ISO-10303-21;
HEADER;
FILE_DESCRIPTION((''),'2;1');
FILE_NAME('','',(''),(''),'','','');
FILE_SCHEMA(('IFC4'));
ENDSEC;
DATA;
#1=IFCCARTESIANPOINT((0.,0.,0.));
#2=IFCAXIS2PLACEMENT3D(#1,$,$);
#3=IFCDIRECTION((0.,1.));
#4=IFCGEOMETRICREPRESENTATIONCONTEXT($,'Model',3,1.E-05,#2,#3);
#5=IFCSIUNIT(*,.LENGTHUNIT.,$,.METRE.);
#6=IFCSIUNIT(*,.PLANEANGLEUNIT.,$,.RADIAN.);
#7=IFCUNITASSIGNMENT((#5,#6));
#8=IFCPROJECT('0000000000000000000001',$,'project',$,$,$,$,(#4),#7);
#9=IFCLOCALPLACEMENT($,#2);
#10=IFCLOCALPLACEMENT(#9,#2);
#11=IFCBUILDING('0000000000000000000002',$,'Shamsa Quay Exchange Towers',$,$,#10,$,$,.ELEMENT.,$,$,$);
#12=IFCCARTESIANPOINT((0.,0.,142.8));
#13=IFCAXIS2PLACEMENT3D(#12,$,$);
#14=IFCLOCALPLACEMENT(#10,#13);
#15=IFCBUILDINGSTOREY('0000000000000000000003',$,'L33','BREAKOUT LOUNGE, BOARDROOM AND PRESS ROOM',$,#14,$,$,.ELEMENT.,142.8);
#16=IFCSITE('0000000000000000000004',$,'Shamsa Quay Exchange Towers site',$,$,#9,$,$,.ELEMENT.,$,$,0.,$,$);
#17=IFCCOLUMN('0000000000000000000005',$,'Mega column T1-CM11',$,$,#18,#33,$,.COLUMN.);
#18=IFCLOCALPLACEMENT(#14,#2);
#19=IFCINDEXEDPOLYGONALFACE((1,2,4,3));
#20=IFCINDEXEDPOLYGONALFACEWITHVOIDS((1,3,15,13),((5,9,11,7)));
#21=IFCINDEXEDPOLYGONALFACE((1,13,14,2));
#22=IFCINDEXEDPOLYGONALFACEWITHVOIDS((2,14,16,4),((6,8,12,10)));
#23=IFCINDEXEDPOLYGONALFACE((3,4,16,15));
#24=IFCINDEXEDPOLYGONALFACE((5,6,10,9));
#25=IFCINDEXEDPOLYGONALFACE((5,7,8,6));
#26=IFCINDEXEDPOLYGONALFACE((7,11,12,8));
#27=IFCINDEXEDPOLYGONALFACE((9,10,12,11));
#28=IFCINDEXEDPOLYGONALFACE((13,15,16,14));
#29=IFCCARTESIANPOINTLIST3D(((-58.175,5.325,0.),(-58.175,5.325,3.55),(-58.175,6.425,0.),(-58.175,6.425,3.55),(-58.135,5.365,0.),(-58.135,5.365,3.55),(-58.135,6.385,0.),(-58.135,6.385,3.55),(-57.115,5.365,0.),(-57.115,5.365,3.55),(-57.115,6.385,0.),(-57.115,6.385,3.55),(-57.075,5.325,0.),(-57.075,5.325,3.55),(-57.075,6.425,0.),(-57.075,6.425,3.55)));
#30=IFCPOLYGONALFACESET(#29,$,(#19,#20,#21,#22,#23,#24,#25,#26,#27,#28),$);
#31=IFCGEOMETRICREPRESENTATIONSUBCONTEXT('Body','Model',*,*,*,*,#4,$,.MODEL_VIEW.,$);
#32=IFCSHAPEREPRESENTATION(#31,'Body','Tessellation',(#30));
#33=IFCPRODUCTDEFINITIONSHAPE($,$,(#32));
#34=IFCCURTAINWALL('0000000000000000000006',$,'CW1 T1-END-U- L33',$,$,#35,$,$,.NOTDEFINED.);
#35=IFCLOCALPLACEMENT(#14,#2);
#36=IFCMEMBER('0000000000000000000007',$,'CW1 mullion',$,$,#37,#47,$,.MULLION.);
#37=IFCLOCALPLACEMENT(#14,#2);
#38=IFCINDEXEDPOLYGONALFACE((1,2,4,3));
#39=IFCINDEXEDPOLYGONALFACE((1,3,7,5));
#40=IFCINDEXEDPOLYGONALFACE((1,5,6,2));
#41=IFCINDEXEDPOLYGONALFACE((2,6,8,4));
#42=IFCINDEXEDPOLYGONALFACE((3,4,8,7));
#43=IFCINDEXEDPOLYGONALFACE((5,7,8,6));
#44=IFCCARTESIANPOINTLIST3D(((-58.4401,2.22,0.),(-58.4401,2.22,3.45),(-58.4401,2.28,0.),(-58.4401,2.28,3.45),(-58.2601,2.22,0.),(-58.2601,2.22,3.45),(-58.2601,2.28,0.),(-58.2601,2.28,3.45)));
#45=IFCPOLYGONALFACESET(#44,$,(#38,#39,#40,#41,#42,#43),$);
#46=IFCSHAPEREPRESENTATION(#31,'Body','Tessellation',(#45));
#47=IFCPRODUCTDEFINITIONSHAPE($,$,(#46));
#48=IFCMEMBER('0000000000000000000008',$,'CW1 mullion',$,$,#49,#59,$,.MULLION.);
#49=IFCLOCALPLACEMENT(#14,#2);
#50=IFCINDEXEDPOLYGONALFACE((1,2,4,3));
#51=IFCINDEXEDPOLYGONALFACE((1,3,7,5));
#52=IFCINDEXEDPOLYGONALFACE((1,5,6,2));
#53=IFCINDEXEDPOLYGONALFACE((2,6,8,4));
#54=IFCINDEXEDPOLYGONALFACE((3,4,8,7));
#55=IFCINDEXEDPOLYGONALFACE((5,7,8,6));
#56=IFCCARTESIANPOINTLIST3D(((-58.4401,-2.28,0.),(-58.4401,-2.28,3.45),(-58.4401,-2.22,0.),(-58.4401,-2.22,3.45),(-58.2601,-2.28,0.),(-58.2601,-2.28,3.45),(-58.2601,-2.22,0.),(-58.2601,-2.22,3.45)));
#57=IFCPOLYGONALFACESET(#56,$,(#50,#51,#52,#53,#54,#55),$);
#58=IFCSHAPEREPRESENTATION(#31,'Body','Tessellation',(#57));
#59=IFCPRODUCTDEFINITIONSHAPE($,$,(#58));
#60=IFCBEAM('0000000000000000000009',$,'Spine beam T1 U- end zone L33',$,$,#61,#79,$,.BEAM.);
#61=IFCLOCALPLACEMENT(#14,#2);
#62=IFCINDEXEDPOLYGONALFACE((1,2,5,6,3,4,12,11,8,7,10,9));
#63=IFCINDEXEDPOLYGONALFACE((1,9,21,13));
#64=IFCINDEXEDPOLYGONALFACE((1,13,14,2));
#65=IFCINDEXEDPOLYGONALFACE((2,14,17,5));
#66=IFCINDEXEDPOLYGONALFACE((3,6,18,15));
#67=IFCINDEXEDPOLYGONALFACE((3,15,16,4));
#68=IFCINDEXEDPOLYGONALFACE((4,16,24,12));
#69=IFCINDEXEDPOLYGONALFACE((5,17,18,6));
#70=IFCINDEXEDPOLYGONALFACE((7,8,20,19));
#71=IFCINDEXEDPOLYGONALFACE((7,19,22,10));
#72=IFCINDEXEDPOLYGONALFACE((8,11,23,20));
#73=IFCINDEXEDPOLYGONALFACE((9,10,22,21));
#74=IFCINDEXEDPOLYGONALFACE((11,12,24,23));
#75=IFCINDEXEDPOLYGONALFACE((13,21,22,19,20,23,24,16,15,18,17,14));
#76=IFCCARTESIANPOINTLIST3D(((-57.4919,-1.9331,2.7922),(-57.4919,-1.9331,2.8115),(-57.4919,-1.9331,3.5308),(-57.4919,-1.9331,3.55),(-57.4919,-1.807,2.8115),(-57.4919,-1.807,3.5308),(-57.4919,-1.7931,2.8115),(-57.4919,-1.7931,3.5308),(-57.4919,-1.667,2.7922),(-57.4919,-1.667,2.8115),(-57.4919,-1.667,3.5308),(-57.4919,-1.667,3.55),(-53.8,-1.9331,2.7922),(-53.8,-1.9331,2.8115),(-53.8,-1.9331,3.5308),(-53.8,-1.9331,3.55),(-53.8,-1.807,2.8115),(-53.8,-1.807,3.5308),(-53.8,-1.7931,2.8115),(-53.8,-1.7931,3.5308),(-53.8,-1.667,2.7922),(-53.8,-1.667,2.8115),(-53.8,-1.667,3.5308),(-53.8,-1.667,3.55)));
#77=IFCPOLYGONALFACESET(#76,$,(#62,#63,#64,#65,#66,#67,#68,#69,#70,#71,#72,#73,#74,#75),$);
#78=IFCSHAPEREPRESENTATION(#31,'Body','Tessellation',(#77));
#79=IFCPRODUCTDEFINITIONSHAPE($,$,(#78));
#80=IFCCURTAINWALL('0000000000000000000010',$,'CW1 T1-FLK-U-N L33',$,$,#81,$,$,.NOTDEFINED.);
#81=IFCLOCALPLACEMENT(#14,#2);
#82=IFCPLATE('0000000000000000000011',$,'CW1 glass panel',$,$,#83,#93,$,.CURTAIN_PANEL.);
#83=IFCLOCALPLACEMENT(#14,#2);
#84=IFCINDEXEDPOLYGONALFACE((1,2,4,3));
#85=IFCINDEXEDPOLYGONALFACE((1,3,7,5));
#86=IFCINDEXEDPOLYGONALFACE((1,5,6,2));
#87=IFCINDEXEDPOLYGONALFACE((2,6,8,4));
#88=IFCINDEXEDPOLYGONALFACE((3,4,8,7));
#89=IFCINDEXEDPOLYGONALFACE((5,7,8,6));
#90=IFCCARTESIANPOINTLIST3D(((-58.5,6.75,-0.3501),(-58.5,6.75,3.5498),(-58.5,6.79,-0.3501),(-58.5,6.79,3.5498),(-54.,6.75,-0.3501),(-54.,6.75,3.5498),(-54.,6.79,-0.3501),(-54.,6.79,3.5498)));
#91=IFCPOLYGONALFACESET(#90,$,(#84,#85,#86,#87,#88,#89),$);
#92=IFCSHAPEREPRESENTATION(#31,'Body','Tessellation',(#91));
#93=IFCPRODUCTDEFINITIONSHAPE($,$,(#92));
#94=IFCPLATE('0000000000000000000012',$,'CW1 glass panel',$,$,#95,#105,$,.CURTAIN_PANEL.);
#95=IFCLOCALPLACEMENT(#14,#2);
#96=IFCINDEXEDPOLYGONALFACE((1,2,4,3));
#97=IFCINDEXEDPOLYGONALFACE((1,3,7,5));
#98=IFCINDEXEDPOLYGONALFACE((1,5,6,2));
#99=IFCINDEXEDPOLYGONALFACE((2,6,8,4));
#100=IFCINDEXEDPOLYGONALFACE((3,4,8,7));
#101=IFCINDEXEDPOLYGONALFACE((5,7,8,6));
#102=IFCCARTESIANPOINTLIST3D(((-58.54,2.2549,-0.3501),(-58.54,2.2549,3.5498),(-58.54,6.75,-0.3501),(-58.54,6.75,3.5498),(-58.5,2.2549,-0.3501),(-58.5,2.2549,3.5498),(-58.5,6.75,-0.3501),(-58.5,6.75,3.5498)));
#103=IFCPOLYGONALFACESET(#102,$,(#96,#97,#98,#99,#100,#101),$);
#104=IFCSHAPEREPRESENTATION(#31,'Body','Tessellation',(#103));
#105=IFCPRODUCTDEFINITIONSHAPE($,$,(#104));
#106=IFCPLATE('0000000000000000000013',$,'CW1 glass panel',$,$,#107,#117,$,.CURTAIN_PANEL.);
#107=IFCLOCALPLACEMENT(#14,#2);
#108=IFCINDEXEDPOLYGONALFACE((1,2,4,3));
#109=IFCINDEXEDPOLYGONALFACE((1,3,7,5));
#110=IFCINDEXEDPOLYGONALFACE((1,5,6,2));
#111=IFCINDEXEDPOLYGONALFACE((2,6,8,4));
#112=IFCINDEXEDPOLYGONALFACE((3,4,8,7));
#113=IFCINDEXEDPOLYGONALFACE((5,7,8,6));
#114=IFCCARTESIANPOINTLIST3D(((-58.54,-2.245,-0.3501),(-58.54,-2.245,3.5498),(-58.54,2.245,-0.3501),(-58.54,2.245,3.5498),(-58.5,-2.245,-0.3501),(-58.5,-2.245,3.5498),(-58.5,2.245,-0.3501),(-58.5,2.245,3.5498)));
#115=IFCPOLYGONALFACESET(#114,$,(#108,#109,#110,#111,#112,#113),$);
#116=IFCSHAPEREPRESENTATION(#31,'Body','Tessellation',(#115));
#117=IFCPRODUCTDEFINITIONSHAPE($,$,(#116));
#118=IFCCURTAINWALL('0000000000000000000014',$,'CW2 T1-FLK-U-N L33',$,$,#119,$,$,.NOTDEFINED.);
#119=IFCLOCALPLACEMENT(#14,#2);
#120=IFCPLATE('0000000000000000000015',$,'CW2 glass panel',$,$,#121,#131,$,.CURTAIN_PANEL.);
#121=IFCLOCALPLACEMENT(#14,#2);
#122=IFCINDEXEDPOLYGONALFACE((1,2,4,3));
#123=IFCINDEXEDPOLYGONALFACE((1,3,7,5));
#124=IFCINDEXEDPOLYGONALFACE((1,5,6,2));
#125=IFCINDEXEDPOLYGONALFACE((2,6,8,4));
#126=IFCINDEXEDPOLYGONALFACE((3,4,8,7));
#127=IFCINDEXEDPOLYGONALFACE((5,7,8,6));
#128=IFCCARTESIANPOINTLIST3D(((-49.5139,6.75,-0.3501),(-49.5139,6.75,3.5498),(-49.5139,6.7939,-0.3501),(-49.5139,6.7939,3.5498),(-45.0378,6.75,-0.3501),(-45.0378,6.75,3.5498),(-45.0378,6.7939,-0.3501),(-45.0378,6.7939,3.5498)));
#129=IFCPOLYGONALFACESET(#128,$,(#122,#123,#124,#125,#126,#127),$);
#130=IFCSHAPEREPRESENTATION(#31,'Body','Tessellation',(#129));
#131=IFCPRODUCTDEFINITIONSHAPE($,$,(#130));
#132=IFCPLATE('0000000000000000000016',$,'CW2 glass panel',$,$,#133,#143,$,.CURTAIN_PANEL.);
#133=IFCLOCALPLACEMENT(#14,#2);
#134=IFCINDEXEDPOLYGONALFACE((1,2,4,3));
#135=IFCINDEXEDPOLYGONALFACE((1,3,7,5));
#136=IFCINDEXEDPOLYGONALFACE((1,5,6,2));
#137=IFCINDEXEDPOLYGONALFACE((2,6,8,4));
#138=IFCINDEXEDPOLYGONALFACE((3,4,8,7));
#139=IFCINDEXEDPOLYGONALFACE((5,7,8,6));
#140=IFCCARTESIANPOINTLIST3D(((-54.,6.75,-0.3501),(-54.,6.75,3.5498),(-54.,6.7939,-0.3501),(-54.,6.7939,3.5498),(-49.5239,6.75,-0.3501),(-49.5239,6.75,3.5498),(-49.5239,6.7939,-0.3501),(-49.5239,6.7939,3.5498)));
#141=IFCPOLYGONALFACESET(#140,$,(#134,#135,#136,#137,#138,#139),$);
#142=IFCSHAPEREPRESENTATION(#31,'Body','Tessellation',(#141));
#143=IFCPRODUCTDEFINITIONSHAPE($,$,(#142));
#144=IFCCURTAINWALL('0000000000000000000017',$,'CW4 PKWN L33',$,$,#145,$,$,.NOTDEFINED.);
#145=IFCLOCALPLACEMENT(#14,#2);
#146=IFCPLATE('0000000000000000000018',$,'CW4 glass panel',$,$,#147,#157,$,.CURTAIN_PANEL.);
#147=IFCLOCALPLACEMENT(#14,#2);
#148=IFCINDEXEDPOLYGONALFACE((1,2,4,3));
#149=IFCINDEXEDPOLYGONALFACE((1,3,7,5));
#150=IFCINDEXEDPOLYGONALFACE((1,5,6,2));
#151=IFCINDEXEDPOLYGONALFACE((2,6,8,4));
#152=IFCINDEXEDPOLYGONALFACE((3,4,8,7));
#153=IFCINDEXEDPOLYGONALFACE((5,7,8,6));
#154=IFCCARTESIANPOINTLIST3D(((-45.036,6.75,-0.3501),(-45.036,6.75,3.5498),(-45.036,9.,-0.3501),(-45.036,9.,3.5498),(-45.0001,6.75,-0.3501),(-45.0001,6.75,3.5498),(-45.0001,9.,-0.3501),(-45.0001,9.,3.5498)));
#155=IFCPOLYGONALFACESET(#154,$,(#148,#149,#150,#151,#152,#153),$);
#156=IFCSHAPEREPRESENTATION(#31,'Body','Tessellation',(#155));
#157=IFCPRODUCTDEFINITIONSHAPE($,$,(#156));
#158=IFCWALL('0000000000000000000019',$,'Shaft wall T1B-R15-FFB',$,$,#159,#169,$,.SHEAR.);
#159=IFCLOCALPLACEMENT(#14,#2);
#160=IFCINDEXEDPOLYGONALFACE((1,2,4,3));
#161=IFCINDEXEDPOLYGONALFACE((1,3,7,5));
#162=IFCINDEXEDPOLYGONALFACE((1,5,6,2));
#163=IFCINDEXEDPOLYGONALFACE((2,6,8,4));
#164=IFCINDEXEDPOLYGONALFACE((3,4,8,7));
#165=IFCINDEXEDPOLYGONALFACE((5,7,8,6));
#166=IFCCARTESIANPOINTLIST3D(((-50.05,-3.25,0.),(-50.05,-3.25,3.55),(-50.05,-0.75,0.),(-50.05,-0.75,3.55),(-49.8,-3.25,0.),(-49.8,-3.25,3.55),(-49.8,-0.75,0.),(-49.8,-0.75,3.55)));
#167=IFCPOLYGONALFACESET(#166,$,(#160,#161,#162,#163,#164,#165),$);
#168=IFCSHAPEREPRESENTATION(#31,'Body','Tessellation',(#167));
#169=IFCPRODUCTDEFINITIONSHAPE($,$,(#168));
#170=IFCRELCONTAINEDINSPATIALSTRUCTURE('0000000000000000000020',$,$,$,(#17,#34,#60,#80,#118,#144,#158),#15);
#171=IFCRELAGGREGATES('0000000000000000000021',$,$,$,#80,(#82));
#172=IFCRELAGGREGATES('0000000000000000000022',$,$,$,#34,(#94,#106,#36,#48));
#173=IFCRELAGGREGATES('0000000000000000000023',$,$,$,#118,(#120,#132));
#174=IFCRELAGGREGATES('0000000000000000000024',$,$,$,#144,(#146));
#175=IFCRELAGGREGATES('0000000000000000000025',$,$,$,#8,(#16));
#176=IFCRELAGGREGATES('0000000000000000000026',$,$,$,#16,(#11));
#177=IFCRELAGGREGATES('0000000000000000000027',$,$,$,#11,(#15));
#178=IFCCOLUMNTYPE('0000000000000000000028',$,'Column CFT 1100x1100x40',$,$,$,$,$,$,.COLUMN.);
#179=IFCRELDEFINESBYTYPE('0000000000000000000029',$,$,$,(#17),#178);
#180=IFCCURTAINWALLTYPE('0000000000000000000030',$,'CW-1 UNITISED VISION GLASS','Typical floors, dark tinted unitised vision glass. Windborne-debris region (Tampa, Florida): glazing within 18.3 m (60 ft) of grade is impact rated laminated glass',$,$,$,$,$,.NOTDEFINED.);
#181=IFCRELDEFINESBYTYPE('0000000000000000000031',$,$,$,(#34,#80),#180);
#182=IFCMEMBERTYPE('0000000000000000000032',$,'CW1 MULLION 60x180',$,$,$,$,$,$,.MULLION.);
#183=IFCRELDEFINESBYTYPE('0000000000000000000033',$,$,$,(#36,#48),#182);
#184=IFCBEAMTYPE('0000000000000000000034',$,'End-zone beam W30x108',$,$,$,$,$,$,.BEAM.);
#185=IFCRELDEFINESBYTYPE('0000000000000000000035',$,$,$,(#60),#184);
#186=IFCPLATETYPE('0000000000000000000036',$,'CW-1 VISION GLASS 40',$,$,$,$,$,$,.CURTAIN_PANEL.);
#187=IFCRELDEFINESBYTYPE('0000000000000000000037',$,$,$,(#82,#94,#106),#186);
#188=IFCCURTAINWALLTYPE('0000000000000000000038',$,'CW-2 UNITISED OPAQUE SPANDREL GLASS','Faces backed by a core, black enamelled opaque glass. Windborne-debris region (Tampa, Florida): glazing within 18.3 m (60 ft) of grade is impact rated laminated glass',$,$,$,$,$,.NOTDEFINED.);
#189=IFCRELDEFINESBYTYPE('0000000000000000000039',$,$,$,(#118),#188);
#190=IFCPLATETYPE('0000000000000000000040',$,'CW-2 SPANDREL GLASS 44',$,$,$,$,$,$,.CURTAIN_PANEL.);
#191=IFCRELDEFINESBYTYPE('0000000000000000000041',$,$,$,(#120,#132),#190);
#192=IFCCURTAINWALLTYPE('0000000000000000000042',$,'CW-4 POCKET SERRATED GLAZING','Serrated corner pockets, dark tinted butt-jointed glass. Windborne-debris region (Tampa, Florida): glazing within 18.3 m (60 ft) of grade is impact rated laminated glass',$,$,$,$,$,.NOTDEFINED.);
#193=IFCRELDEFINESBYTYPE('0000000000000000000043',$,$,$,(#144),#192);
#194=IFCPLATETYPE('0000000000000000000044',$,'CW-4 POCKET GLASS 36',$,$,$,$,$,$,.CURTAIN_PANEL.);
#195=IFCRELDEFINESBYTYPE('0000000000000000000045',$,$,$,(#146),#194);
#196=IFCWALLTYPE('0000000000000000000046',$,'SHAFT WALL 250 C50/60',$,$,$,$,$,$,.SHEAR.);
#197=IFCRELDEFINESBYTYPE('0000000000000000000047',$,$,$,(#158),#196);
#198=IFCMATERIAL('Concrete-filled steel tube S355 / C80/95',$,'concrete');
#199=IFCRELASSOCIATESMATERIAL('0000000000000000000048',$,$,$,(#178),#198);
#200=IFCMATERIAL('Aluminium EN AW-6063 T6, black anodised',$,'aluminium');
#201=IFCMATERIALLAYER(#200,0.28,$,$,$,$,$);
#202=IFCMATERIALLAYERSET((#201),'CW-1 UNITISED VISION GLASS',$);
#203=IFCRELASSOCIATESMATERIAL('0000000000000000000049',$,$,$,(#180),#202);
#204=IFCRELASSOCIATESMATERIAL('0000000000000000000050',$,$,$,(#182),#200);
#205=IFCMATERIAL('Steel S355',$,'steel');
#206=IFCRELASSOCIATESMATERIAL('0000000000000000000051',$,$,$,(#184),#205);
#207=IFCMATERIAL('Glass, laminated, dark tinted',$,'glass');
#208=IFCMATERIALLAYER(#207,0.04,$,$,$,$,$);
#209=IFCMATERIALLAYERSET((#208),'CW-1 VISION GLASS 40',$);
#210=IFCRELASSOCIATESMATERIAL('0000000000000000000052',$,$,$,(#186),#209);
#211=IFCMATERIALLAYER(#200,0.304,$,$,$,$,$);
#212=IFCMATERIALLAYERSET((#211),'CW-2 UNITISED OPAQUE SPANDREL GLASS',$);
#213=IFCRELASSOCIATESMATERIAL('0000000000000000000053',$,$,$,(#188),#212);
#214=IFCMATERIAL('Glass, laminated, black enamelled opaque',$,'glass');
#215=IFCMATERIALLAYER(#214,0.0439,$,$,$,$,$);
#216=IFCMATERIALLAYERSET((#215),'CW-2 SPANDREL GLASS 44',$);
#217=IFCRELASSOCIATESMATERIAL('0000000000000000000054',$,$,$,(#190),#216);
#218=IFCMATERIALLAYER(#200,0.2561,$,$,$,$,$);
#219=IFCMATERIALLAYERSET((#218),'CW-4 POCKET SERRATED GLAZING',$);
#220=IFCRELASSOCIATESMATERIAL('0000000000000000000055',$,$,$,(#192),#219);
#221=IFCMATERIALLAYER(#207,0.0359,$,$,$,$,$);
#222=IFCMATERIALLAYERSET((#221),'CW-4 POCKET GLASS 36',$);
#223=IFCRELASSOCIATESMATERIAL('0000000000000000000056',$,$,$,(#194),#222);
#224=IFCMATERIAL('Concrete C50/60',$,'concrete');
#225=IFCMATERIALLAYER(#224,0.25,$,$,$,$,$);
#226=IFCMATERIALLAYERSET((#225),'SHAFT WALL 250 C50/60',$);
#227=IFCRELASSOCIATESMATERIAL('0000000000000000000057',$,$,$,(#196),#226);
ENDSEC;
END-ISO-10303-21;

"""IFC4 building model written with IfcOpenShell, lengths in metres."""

from ifc_helpers import new_model, si_unit, direction, frame, frame_2d, origin, origin_2d, place, context, subcontext, project, spatial, rectangle, hollow_rectangle, i_section, extrude, material, layer, layer_set, material_profile, profile_set, type_object, element, aggregate, save


model = new_model("IFC4")

# Units and contexts
model_context = context("Model", 3, precision=1e-05, world=origin(), true_north=direction((0.0, 1.0)))
body_context = subcontext(model_context, "Body", "Model", "MODEL_VIEW")
ifc_project = project(units=[si_unit("LENGTHUNIT", "METRE"), si_unit("PLANEANGLEUNIT", "RADIAN")], contexts=[model_context])

# Site, building, storey
site_placement = place(None, origin())
site = spatial("IfcSite", under=ifc_project, at=site_placement, Name="Shamsa Quay Exchange Towers site", CompositionType="ELEMENT", RefElevation=0.0)
building_placement = place(site_placement, origin())
building = spatial("IfcBuilding", under=site, at=building_placement, Name="Shamsa Quay Exchange Towers", CompositionType="ELEMENT")
storey_placement = place(building_placement, frame((0.0, 0.0, 142.8)))
storey = spatial("IfcBuildingStorey", under=building, at=storey_placement, Name="L33", Description="BREAKOUT LOUNGE, BOARDROOM AND PRESS ROOM", CompositionType="ELEMENT", Elevation=142.8)

# Column
ifc_material_1 = material(Name="Concrete-filled steel tube S355 / C80/95", Category="concrete")
ifc_material_profile_1 = material_profile(ifc_material_1, hollow_rectangle(XDim=1.1001, YDim=1.1001, WallThickness=0.04, at=origin_2d()), Name="CFT 1100x1100x40")
ifc_profile_set_1 = profile_set([ifc_material_profile_1], Name="Concrete-filled steel tube S355 / C80/95")
column_type = type_object("IfcColumnType", Name="Column CFT 1100x1100x40", PredefinedType="COLUMN", material=ifc_profile_set_1)
column_placement = place(storey_placement, frame((-57.625, 5.875, 0.0)))
element("IfcColumn", 1, at=column_placement, inside=storey, type_object=column_type, Name="Mega column T1-CM11", PredefinedType="COLUMN", context=body_context, shape_type="SweptSolid", body=[
    extrude(hollow_rectangle(XDim=1.1001, YDim=1.1001, WallThickness=0.04, at=origin_2d()), origin(), (0.0, 0.0, 1.0), 3.55),
])

# Curtain wall, members
ifc_material_2 = material(Name="Aluminium EN AW-6063 T6, black anodised", Category="aluminium")
ifc_layer_1 = layer(ifc_material_2, 0.28)
ifc_layer_set_1 = layer_set([ifc_layer_1], Name="CW-1 UNITISED VISION GLASS")
curtain_wall_type_1 = type_object("IfcCurtainWallType", Name="CW-1 UNITISED VISION GLASS", Description="Typical floors, dark tinted unitised vision glass. Windborne-debris region (Tampa, Florida): glazing within 18.3 m (60 ft) of grade is impact rated laminated glass", PredefinedType="NOTDEFINED", material=ifc_layer_set_1)
curtain_wall_1_placement = place(storey_placement, origin())
curtain_wall_1 = element("IfcCurtainWall", 2, at=curtain_wall_1_placement, inside=storey, type_object=curtain_wall_type_1, Name="CW1 T1-END-U- L33", PredefinedType="NOTDEFINED")
ifc_material_profile_2 = material_profile(ifc_material_2, rectangle(XDim=0.1799, YDim=0.0601, at=origin_2d()), Name="MU60x180")
ifc_profile_set_2 = profile_set([ifc_material_profile_2], Name="Aluminium EN AW-6063 T6, black anodised")
member_type = type_object("IfcMemberType", Name="CW1 MULLION 60x180", PredefinedType="MULLION", material=ifc_profile_set_2)
member_1_placement = place(storey_placement, frame((-58.3501, 2.25, 0.0)))
member_1 = element("IfcMember", 3, at=member_1_placement, type_object=member_type, Name="CW1 mullion", PredefinedType="MULLION", context=body_context, shape_type="SweptSolid", body=[
    extrude(rectangle(XDim=0.1799, YDim=0.0601, at=origin_2d()), origin(), (0.0, 0.0, 1.0), 3.45),
])
member_2_placement = place(storey_placement, frame((-58.3501, -2.25, 0.0)))
member_2 = element("IfcMember", 4, at=member_2_placement, type_object=member_type, Name="CW1 mullion", PredefinedType="MULLION", context=body_context, shape_type="SweptSolid", body=[
    extrude(rectangle(XDim=0.1799, YDim=0.0601, at=origin_2d()), origin(), (0.0, 0.0, 1.0), 3.45),
])

# Beam
ifc_material_3 = material(Name="Steel S355", Category="steel")
ifc_material_profile_3 = material_profile(ifc_material_3, i_section(OverallWidth=0.2661, OverallDepth=0.7578, WebThickness=0.0139, FlangeThickness=0.0193, at=origin_2d()), Name="W30x108")
ifc_profile_set_3 = profile_set([ifc_material_profile_3], Name="Steel S355")
beam_type = type_object("IfcBeamType", Name="End-zone beam W30x108", PredefinedType="BEAM", material=ifc_profile_set_3)
beam_placement = place(storey_placement, frame((-53.8, -1.8, 3.1711), z_axis=(-1.0, 0.0, 0.0), x_axis=(0.0, -1.0, 0.0)))
element("IfcBeam", 5, at=beam_placement, inside=storey, type_object=beam_type, Name="Spine beam T1 U- end zone L33", PredefinedType="BEAM", context=body_context, shape_type="SweptSolid", body=[
    extrude(i_section(OverallWidth=0.2661, OverallDepth=0.7578, WebThickness=0.0139, FlangeThickness=0.0193, at=origin_2d()), origin(), (0.0, 0.0, 1.0), 3.6919),
])

# Curtain wall, plate
curtain_wall_2_placement = place(storey_placement, origin())
curtain_wall_2 = element("IfcCurtainWall", 6, at=curtain_wall_2_placement, inside=storey, type_object=curtain_wall_type_1, Name="CW1 T1-FLK-U-N L33", PredefinedType="NOTDEFINED")
ifc_material_4 = material(Name="Glass, laminated, dark tinted", Category="glass")
ifc_layer_2 = layer(ifc_material_4, 0.04)
ifc_layer_set_2 = layer_set([ifc_layer_2], Name="CW-1 VISION GLASS 40")
plate_type_1 = type_object("IfcPlateType", Name="CW-1 VISION GLASS 40", PredefinedType="CURTAIN_PANEL", material=ifc_layer_set_2)
plate_1_placement = place(storey_placement, frame((-56.25, 6.77, -0.3501), z_axis=(0.0, 0.0, 1.0), x_axis=(-1.0, 0.0, 0.0)))
plate_1 = element("IfcPlate", 7, at=plate_1_placement, type_object=plate_type_1, Name="CW1 glass panel", PredefinedType="CURTAIN_PANEL", context=body_context, shape_type="SweptSolid", body=[
    extrude(rectangle(XDim=4.5, YDim=0.04, at=origin_2d()), origin(), (0.0, 0.0, 1.0), 3.8999),
])
aggregate(curtain_wall_2, [plate_1])

# Plates
plate_2_placement = place(storey_placement, frame((-58.52, 4.5024, -0.3501), z_axis=(0.0, 0.0, 1.0), x_axis=(0.0, -1.0, 0.0)))
plate_2 = element("IfcPlate", 8, at=plate_2_placement, type_object=plate_type_1, Name="CW1 glass panel", PredefinedType="CURTAIN_PANEL", context=body_context, shape_type="SweptSolid", body=[
    extrude(rectangle(XDim=4.4951, YDim=0.04, at=origin_2d()), origin(), (0.0, 0.0, 1.0), 3.8999),
])
plate_3_placement = place(storey_placement, frame((-58.52, 0.0, -0.3501), z_axis=(0.0, 0.0, 1.0), x_axis=(0.0, -1.0, 0.0)))
plate_3 = element("IfcPlate", 9, at=plate_3_placement, type_object=plate_type_1, Name="CW1 glass panel", PredefinedType="CURTAIN_PANEL", context=body_context, shape_type="SweptSolid", body=[
    extrude(rectangle(XDim=4.49, YDim=0.04, at=origin_2d()), origin(), (0.0, 0.0, 1.0), 3.8999),
])
aggregate(curtain_wall_1, [plate_2, plate_3, member_1, member_2])

# Curtain wall, plates
ifc_layer_3 = layer(ifc_material_2, 0.304)
ifc_layer_set_3 = layer_set([ifc_layer_3], Name="CW-2 UNITISED OPAQUE SPANDREL GLASS")
curtain_wall_type_2 = type_object("IfcCurtainWallType", Name="CW-2 UNITISED OPAQUE SPANDREL GLASS", Description="Faces backed by a core, black enamelled opaque glass. Windborne-debris region (Tampa, Florida): glazing within 18.3 m (60 ft) of grade is impact rated laminated glass", PredefinedType="NOTDEFINED", material=ifc_layer_set_3)
curtain_wall_3_placement = place(storey_placement, origin())
curtain_wall_3 = element("IfcCurtainWall", 10, at=curtain_wall_3_placement, inside=storey, type_object=curtain_wall_type_2, Name="CW2 T1-FLK-U-N L33", PredefinedType="NOTDEFINED")
ifc_material_5 = material(Name="Glass, laminated, black enamelled opaque", Category="glass")
ifc_layer_4 = layer(ifc_material_5, 0.0439)
ifc_layer_set_4 = layer_set([ifc_layer_4], Name="CW-2 SPANDREL GLASS 44")
plate_type_2 = type_object("IfcPlateType", Name="CW-2 SPANDREL GLASS 44", PredefinedType="CURTAIN_PANEL", material=ifc_layer_set_4)
plate_4_placement = place(storey_placement, frame((-47.2759, 6.772, -0.3501), z_axis=(0.0, 0.0, 1.0), x_axis=(-1.0, 0.0, 0.0)))
plate_4 = element("IfcPlate", 11, at=plate_4_placement, type_object=plate_type_2, Name="CW2 glass panel", PredefinedType="CURTAIN_PANEL", context=body_context, shape_type="SweptSolid", body=[
    extrude(rectangle(XDim=4.4761, YDim=0.0439, at=origin_2d()), origin(), (0.0, 0.0, 1.0), 3.8999),
])
plate_5_placement = place(storey_placement, frame((-51.762, 6.772, -0.3501), z_axis=(0.0, 0.0, 1.0), x_axis=(-1.0, 0.0, 0.0)))
plate_5 = element("IfcPlate", 12, at=plate_5_placement, type_object=plate_type_2, Name="CW2 glass panel", PredefinedType="CURTAIN_PANEL", context=body_context, shape_type="SweptSolid", body=[
    extrude(rectangle(XDim=4.4761, YDim=0.0439, at=origin_2d()), origin(), (0.0, 0.0, 1.0), 3.8999),
])
aggregate(curtain_wall_3, [plate_4, plate_5])

# Curtain wall, plate
ifc_layer_5 = layer(ifc_material_2, 0.2561)
ifc_layer_set_5 = layer_set([ifc_layer_5], Name="CW-4 POCKET SERRATED GLAZING")
curtain_wall_type_3 = type_object("IfcCurtainWallType", Name="CW-4 POCKET SERRATED GLAZING", Description="Serrated corner pockets, dark tinted butt-jointed glass. Windborne-debris region (Tampa, Florida): glazing within 18.3 m (60 ft) of grade is impact rated laminated glass", PredefinedType="NOTDEFINED", material=ifc_layer_set_5)
curtain_wall_4_placement = place(storey_placement, origin())
curtain_wall_4 = element("IfcCurtainWall", 13, at=curtain_wall_4_placement, inside=storey, type_object=curtain_wall_type_3, Name="CW4 PKWN L33", PredefinedType="NOTDEFINED")
ifc_layer_6 = layer(ifc_material_4, 0.0359)
ifc_layer_set_6 = layer_set([ifc_layer_6], Name="CW-4 POCKET GLASS 36")
plate_type_3 = type_object("IfcPlateType", Name="CW-4 POCKET GLASS 36", PredefinedType="CURTAIN_PANEL", material=ifc_layer_set_6)
plate_6_placement = place(storey_placement, frame((-45.0181, 7.875, -0.3501), z_axis=(0.0, 0.0, 1.0), x_axis=(0.0, -1.0, 0.0)))
plate_6 = element("IfcPlate", 14, at=plate_6_placement, type_object=plate_type_3, Name="CW4 glass panel", PredefinedType="CURTAIN_PANEL", context=body_context, shape_type="SweptSolid", body=[
    extrude(rectangle(XDim=2.25, YDim=0.0359, at=origin_2d()), origin(), (0.0, 0.0, 1.0), 3.8999),
])
aggregate(curtain_wall_4, [plate_6])

# Shared definitions
ifc_material_6 = material(Name="Concrete C50/60", Category="concrete")
ifc_layer_7 = layer(ifc_material_6, 0.25)
ifc_layer_set_7 = layer_set([ifc_layer_7], Name="SHAFT WALL 250 C50/60")
wall_type_1 = type_object("IfcWallType", Name="SHAFT WALL 250 C50/60", PredefinedType="SHEAR", material=ifc_layer_set_7)

# Wall
wall_1_placement = place(storey_placement, frame((-49.925, -3.25, 0.0), z_axis=(0.0, 0.0, 1.0), x_axis=(0.0, 1.0, 0.0)))
element("IfcWall", 15, at=wall_1_placement, inside=storey, type_object=wall_type_1, Name="Shaft wall T1B-R15-FFB", PredefinedType="SHEAR", context=body_context, shape_type="SweptSolid", body=[
    extrude(rectangle(XDim=2.5, YDim=0.25, at=frame_2d((1.25, 0.0))), origin(), (0.0, 0.0, 1.0), 3.55),
])

save(model, "model.ifc")
